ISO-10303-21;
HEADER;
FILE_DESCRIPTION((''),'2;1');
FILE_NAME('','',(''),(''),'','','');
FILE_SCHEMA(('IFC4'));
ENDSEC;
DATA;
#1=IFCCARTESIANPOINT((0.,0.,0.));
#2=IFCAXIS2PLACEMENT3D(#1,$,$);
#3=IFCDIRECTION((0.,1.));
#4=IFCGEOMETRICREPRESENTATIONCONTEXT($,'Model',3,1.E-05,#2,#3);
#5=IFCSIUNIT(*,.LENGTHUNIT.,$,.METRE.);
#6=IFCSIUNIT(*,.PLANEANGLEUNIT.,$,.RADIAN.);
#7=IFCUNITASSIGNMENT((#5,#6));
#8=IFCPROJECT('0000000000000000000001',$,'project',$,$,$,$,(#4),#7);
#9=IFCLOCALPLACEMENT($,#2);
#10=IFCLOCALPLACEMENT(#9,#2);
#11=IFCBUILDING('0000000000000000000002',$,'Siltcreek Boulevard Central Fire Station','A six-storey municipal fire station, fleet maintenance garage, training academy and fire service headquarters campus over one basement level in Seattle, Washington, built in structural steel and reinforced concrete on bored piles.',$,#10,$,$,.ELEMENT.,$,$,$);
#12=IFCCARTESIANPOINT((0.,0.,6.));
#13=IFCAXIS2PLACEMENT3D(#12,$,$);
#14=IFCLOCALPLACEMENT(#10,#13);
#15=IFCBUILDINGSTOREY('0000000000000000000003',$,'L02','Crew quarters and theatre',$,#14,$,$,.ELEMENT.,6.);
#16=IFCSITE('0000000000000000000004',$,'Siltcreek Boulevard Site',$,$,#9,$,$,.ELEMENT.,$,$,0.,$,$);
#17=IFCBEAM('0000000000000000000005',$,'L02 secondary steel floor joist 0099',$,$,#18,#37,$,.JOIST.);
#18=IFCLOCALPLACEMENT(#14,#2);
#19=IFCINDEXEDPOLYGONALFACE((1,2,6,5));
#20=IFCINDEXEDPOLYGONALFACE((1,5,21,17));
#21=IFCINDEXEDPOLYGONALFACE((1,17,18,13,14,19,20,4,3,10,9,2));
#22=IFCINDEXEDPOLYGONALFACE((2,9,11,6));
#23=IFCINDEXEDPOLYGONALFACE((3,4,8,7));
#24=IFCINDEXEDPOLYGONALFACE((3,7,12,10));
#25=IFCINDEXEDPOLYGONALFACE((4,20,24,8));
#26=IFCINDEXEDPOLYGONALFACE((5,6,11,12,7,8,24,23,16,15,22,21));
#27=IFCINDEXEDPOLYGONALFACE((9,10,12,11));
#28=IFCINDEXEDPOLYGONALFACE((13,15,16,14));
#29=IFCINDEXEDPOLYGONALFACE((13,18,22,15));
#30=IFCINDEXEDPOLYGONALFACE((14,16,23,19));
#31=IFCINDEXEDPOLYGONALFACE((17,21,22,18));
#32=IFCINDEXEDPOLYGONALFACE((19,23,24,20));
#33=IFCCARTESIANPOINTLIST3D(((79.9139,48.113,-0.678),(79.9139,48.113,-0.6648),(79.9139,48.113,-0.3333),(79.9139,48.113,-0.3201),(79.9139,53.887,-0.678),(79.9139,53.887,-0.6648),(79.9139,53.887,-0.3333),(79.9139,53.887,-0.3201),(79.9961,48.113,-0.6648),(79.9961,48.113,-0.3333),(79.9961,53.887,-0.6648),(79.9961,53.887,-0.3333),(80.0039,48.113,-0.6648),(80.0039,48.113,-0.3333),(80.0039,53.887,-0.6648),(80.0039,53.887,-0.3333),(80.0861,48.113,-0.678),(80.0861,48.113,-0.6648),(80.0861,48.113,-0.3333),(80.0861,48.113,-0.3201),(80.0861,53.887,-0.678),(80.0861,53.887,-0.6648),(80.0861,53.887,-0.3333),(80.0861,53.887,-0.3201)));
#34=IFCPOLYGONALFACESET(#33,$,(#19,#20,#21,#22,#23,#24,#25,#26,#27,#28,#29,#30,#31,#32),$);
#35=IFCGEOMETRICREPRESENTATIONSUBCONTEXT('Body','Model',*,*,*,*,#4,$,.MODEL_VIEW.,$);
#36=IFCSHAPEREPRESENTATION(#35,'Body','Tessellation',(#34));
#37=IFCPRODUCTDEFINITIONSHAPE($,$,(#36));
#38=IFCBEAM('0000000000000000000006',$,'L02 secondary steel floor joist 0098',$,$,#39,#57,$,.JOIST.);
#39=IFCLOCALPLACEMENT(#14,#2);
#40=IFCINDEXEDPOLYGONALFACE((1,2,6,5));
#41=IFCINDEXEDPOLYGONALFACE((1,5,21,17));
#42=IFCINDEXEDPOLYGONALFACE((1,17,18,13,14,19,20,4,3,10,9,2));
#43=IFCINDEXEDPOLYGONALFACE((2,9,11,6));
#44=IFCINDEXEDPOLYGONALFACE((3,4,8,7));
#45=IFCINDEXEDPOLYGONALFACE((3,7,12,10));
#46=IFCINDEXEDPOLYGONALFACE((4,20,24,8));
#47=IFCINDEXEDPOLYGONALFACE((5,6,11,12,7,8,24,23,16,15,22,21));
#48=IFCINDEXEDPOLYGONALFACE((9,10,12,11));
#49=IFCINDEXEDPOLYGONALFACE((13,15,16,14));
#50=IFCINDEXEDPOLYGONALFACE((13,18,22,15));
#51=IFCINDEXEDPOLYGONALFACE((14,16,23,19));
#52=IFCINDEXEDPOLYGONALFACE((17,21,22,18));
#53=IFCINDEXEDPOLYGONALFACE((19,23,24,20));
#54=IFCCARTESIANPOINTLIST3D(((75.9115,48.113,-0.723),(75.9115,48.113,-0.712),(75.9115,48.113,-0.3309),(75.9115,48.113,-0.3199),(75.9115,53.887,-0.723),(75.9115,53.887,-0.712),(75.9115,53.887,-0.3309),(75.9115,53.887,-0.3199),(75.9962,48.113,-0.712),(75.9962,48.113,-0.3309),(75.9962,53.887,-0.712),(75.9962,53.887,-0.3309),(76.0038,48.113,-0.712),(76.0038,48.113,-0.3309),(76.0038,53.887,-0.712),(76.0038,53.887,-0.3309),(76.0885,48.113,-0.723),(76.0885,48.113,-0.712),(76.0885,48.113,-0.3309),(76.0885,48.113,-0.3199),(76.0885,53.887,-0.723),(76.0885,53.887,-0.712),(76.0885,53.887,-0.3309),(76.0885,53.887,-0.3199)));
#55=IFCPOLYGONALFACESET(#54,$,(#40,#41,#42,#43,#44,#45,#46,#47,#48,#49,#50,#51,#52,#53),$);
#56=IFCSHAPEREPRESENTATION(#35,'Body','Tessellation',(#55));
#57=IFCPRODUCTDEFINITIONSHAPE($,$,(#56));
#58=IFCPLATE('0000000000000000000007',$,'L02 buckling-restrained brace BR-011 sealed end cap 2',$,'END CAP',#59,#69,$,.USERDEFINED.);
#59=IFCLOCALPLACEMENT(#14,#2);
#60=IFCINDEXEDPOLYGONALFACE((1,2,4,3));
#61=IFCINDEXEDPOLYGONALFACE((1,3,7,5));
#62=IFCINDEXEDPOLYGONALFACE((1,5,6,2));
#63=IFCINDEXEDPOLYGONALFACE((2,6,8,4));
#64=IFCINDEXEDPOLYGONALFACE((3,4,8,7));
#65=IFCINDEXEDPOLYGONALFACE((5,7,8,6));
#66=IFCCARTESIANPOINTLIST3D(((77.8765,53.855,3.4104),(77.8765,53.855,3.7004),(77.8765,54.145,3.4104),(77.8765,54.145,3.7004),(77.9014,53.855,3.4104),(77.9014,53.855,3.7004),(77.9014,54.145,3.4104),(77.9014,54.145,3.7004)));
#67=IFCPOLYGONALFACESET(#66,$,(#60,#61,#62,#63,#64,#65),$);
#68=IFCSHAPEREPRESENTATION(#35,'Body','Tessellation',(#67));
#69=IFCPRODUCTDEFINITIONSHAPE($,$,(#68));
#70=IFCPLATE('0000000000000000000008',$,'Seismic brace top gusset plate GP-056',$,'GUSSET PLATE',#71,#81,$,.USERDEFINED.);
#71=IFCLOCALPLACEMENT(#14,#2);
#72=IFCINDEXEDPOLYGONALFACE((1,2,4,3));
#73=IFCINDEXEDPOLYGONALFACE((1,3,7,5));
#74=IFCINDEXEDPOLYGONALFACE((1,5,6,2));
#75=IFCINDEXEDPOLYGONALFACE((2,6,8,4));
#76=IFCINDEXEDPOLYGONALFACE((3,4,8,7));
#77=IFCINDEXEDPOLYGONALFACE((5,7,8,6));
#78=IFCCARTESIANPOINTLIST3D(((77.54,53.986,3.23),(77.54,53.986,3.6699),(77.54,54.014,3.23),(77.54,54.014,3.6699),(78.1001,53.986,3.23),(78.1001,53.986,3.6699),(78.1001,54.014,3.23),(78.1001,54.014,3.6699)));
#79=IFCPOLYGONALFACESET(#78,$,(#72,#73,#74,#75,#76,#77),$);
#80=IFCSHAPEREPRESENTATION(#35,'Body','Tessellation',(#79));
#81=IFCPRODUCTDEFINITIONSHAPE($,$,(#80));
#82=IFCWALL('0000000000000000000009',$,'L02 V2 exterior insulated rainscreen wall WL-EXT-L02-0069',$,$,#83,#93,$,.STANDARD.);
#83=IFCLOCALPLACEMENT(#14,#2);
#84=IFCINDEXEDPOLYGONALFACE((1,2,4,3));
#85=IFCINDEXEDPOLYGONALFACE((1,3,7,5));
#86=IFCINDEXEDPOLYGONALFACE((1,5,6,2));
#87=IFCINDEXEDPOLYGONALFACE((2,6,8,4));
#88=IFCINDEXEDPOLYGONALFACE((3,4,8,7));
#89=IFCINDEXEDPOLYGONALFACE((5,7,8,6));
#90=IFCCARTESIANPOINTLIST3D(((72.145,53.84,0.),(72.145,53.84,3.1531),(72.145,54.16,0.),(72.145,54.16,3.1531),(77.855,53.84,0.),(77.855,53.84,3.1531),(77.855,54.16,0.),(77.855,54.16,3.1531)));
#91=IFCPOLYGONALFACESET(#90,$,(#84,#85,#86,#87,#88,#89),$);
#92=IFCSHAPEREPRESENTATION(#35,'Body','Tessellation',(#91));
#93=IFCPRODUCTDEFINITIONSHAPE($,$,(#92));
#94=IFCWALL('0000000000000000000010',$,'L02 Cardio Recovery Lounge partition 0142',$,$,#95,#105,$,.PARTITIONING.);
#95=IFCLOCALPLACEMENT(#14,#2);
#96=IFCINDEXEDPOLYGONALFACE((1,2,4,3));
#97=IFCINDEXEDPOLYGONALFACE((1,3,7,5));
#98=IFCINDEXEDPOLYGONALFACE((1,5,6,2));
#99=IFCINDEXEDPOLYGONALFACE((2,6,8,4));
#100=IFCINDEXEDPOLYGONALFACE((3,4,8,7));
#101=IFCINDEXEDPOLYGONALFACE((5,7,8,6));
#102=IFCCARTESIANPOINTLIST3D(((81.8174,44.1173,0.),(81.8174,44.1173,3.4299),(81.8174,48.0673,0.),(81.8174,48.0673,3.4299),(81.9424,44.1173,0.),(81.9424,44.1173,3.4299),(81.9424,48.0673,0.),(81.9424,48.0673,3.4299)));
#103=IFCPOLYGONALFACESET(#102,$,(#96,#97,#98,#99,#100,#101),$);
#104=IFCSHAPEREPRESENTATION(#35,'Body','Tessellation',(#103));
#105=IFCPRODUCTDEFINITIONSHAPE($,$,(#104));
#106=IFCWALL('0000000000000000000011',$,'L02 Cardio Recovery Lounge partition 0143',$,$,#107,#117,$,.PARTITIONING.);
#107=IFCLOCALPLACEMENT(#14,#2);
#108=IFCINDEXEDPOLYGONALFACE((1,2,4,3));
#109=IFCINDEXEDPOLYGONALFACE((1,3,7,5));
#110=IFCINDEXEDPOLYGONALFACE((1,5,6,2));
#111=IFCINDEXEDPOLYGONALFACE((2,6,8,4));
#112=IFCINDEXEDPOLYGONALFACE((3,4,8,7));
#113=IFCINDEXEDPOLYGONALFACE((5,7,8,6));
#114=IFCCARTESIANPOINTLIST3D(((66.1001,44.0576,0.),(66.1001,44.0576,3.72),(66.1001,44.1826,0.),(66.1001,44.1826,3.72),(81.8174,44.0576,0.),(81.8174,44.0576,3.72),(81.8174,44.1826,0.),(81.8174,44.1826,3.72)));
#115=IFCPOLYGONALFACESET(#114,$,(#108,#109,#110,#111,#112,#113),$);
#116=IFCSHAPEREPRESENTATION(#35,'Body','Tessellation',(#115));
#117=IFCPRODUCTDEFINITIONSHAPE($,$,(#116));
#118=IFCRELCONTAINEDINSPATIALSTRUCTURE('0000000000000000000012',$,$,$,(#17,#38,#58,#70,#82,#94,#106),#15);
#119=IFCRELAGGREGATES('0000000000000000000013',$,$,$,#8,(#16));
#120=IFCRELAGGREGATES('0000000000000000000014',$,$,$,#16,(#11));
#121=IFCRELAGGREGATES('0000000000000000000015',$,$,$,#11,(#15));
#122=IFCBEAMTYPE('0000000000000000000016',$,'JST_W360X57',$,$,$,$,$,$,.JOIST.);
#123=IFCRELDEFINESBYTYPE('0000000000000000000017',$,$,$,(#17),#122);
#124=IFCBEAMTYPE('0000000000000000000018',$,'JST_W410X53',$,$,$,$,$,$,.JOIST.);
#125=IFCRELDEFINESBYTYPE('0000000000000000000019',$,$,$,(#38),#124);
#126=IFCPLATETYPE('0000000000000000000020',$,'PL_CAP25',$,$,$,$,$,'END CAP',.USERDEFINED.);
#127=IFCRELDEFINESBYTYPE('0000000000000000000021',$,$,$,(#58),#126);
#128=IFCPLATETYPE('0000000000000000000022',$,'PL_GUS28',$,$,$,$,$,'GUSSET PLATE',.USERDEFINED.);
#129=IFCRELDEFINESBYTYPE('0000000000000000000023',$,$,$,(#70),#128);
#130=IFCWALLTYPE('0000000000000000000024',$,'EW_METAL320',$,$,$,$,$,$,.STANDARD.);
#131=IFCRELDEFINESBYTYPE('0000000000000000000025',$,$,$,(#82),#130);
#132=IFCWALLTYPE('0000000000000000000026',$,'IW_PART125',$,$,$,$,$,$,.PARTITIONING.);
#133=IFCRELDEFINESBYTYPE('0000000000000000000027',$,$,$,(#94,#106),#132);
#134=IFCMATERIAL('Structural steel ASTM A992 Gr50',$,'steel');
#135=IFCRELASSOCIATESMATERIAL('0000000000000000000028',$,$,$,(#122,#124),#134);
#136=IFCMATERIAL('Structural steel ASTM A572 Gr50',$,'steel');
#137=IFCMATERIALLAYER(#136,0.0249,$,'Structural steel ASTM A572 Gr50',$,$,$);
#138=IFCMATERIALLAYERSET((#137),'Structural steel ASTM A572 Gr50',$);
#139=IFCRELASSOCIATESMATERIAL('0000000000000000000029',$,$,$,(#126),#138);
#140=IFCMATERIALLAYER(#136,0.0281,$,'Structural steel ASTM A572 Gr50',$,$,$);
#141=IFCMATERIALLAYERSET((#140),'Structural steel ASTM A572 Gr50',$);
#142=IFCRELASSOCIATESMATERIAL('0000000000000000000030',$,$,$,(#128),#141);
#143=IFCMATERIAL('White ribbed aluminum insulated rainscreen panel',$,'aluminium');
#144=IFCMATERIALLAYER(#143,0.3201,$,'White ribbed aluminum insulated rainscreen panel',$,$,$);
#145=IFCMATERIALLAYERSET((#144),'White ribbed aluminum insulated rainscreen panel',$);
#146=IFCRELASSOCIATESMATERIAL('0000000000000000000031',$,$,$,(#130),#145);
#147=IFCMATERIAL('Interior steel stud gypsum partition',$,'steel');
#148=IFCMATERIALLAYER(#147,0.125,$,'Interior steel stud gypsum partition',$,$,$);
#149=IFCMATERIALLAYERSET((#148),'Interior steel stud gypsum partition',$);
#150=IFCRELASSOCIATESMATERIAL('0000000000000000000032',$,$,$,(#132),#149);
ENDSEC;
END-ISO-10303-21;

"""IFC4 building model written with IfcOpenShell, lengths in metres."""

from ifc_helpers import new_model, si_unit, direction, frame, frame_2d, origin, origin_2d, place, context, subcontext, project, spatial, rectangle, i_section, extrude, material, layer, layer_set, material_profile, profile_set, type_object, element, save


model = new_model("IFC4")

# Units and contexts
model_context = context("Model", 3, precision=1e-05, world=origin(), true_north=direction((0.0, 1.0)))
body_context = subcontext(model_context, "Body", "Model", "MODEL_VIEW")
ifc_project = project(units=[si_unit("LENGTHUNIT", "METRE"), si_unit("PLANEANGLEUNIT", "RADIAN")], contexts=[model_context])

# Site, building, storey
site_placement = place(None, origin())
site = spatial("IfcSite", under=ifc_project, at=site_placement, Name="Siltcreek Boulevard Site", CompositionType="ELEMENT", RefElevation=0.0)
building_placement = place(site_placement, origin())
building = spatial("IfcBuilding", under=site, at=building_placement, Name="Siltcreek Boulevard Central Fire Station", Description="A six-storey municipal fire station, fleet maintenance garage, training academy and fire service headquarters campus over one basement level in Seattle, Washington, built in structural steel and reinforced concrete on bored piles.", CompositionType="ELEMENT")
storey_placement = place(building_placement, frame((0.0, 0.0, 6.0)))
storey = spatial("IfcBuildingStorey", under=building, at=storey_placement, Name="L02", Description="Crew quarters and theatre", CompositionType="ELEMENT", Elevation=6.0)

# Shared definitions
ifc_material_1 = material(Name="Structural steel ASTM A992 Gr50", Category="steel")

# Beams
ifc_material_profile_1 = material_profile(ifc_material_1, i_section(OverallWidth=0.1721, OverallDepth=0.3579, WebThickness=0.0078, FlangeThickness=0.0132, at=origin_2d()), Name="W360X57")
ifc_profile_set_1 = profile_set([ifc_material_profile_1], Name="Structural steel ASTM A992 Gr50")
beam_type_1 = type_object("IfcBeamType", Name="JST_W360X57", PredefinedType="JOIST", material=ifc_profile_set_1)
beam_1_placement = place(storey_placement, frame((80.0, 48.113, -0.499), z_axis=(0.0, 1.0, 0.0), x_axis=(-1.0, 0.0, 0.0)))
element("IfcBeam", 1, at=beam_1_placement, inside=storey, type_object=beam_type_1, Name="L02 secondary steel floor joist 0099", PredefinedType="JOIST", context=body_context, shape_type="SweptSolid", body=[
    extrude(i_section(OverallWidth=0.1721, OverallDepth=0.3579, WebThickness=0.0078, FlangeThickness=0.0132, at=origin_2d()), origin(), (0.0, 0.0, 1.0), 5.7739),
])
ifc_material_profile_2 = material_profile(ifc_material_1, i_section(OverallWidth=0.177, OverallDepth=0.4031, WebThickness=0.0076, FlangeThickness=0.011, at=origin_2d()), Name="W410X53")
ifc_profile_set_2 = profile_set([ifc_material_profile_2], Name="Structural steel ASTM A992 Gr50")
beam_type_2 = type_object("IfcBeamType", Name="JST_W410X53", PredefinedType="JOIST", material=ifc_profile_set_2)
beam_2_placement = place(storey_placement, frame((76.0, 48.113, -0.5215), z_axis=(0.0, 1.0, 0.0), x_axis=(-1.0, 0.0, 0.0)))
element("IfcBeam", 2, at=beam_2_placement, inside=storey, type_object=beam_type_2, Name="L02 secondary steel floor joist 0098", PredefinedType="JOIST", context=body_context, shape_type="SweptSolid", body=[
    extrude(i_section(OverallWidth=0.177, OverallDepth=0.4031, WebThickness=0.0076, FlangeThickness=0.011, at=origin_2d()), origin(), (0.0, 0.0, 1.0), 5.7739),
])

# Plates
ifc_material_2 = material(Name="Structural steel ASTM A572 Gr50", Category="steel")
ifc_layer_1 = layer(ifc_material_2, 0.0249, Name="Structural steel ASTM A572 Gr50")
ifc_layer_set_1 = layer_set([ifc_layer_1], Name="Structural steel ASTM A572 Gr50")
plate_type_1 = type_object("IfcPlateType", Name="PL_CAP25", ElementType="END CAP", PredefinedType="USERDEFINED", material=ifc_layer_set_1)
plate_1_placement = place(storey_placement, frame((77.8889, 54.0, 3.4104), z_axis=(0.0, 0.0, 1.0), x_axis=(1.0, 0.0, 0.0)))
element("IfcPlate", 3, at=plate_1_placement, inside=storey, type_object=plate_type_1, Name="L02 buckling-restrained brace BR-011 sealed end cap 2", ObjectType="END CAP", PredefinedType="USERDEFINED", context=body_context, shape_type="SweptSolid", body=[
    extrude(rectangle(XDim=0.0249, YDim=0.29, at=origin_2d()), origin(), (0.0, 0.0, 1.0), 0.29),
])
ifc_layer_2 = layer(ifc_material_2, 0.0281, Name="Structural steel ASTM A572 Gr50")
ifc_layer_set_2 = layer_set([ifc_layer_2], Name="Structural steel ASTM A572 Gr50")
plate_type_2 = type_object("IfcPlateType", Name="PL_GUS28", ElementType="GUSSET PLATE", PredefinedType="USERDEFINED", material=ifc_layer_set_2)
plate_2_placement = place(storey_placement, frame((77.8201, 54.0, 3.23), z_axis=(0.0, 0.0, 1.0), x_axis=(1.0, 0.0, 0.0)))
element("IfcPlate", 4, at=plate_2_placement, inside=storey, type_object=plate_type_2, Name="Seismic brace top gusset plate GP-056", ObjectType="GUSSET PLATE", PredefinedType="USERDEFINED", context=body_context, shape_type="SweptSolid", body=[
    extrude(rectangle(XDim=0.5601, YDim=0.0281, at=origin_2d()), origin(), (0.0, 0.0, 1.0), 0.4399),
])

# Walls
ifc_material_3 = material(Name="White ribbed aluminum insulated rainscreen panel", Category="aluminium")
ifc_layer_3 = layer(ifc_material_3, 0.3201, Name="White ribbed aluminum insulated rainscreen panel")
ifc_layer_set_3 = layer_set([ifc_layer_3], Name="White ribbed aluminum insulated rainscreen panel")
wall_type_1 = type_object("IfcWallType", Name="EW_METAL320", PredefinedType="STANDARD", material=ifc_layer_set_3)
wall_1_placement = place(storey_placement, frame((77.855, 54.0, 0.0), z_axis=(0.0, 0.0, 1.0), x_axis=(-1.0, 0.0, 0.0)))
element("IfcWall", 5, at=wall_1_placement, inside=storey, type_object=wall_type_1, Name="L02 V2 exterior insulated rainscreen wall WL-EXT-L02-0069", PredefinedType="STANDARD", context=body_context, shape_type="SweptSolid", body=[
    extrude(rectangle(XDim=5.71, YDim=0.3201, at=frame_2d((2.855, 0.0))), origin(), (0.0, 0.0, 1.0), 3.1531),
])
ifc_material_4 = material(Name="Interior steel stud gypsum partition", Category="steel")
ifc_layer_4 = layer(ifc_material_4, 0.125, Name="Interior steel stud gypsum partition")
ifc_layer_set_4 = layer_set([ifc_layer_4], Name="Interior steel stud gypsum partition")
wall_type_2 = type_object("IfcWallType", Name="IW_PART125", PredefinedType="PARTITIONING", material=ifc_layer_set_4)
wall_2_placement = place(storey_placement, frame((81.8799, 48.0674, 0.0), z_axis=(0.0, 0.0, 1.0), x_axis=(0.0, -1.0, 0.0)))
element("IfcWall", 6, at=wall_2_placement, inside=storey, type_object=wall_type_2, Name="L02 Cardio Recovery Lounge partition 0142", PredefinedType="PARTITIONING", context=body_context, shape_type="SweptSolid", body=[
    extrude(rectangle(XDim=3.95, YDim=0.125, at=frame_2d((1.9751, 0.0))), origin(), (0.0, 0.0, 1.0), 3.4299),
])
wall_3_placement = place(storey_placement, frame((81.8174, 44.1201, 0.0), z_axis=(0.0, 0.0, 1.0), x_axis=(-1.0, 0.0, 0.0)))
element("IfcWall", 7, at=wall_3_placement, inside=storey, type_object=wall_type_2, Name="L02 Cardio Recovery Lounge partition 0143", PredefinedType="PARTITIONING", context=body_context, shape_type="SweptSolid", body=[
    extrude(rectangle(XDim=15.7173, YDim=0.125, at=frame_2d((7.8586, 0.0))), origin(), (0.0, 0.0, 1.0), 3.72),
])

save(model, "model.ifc")
